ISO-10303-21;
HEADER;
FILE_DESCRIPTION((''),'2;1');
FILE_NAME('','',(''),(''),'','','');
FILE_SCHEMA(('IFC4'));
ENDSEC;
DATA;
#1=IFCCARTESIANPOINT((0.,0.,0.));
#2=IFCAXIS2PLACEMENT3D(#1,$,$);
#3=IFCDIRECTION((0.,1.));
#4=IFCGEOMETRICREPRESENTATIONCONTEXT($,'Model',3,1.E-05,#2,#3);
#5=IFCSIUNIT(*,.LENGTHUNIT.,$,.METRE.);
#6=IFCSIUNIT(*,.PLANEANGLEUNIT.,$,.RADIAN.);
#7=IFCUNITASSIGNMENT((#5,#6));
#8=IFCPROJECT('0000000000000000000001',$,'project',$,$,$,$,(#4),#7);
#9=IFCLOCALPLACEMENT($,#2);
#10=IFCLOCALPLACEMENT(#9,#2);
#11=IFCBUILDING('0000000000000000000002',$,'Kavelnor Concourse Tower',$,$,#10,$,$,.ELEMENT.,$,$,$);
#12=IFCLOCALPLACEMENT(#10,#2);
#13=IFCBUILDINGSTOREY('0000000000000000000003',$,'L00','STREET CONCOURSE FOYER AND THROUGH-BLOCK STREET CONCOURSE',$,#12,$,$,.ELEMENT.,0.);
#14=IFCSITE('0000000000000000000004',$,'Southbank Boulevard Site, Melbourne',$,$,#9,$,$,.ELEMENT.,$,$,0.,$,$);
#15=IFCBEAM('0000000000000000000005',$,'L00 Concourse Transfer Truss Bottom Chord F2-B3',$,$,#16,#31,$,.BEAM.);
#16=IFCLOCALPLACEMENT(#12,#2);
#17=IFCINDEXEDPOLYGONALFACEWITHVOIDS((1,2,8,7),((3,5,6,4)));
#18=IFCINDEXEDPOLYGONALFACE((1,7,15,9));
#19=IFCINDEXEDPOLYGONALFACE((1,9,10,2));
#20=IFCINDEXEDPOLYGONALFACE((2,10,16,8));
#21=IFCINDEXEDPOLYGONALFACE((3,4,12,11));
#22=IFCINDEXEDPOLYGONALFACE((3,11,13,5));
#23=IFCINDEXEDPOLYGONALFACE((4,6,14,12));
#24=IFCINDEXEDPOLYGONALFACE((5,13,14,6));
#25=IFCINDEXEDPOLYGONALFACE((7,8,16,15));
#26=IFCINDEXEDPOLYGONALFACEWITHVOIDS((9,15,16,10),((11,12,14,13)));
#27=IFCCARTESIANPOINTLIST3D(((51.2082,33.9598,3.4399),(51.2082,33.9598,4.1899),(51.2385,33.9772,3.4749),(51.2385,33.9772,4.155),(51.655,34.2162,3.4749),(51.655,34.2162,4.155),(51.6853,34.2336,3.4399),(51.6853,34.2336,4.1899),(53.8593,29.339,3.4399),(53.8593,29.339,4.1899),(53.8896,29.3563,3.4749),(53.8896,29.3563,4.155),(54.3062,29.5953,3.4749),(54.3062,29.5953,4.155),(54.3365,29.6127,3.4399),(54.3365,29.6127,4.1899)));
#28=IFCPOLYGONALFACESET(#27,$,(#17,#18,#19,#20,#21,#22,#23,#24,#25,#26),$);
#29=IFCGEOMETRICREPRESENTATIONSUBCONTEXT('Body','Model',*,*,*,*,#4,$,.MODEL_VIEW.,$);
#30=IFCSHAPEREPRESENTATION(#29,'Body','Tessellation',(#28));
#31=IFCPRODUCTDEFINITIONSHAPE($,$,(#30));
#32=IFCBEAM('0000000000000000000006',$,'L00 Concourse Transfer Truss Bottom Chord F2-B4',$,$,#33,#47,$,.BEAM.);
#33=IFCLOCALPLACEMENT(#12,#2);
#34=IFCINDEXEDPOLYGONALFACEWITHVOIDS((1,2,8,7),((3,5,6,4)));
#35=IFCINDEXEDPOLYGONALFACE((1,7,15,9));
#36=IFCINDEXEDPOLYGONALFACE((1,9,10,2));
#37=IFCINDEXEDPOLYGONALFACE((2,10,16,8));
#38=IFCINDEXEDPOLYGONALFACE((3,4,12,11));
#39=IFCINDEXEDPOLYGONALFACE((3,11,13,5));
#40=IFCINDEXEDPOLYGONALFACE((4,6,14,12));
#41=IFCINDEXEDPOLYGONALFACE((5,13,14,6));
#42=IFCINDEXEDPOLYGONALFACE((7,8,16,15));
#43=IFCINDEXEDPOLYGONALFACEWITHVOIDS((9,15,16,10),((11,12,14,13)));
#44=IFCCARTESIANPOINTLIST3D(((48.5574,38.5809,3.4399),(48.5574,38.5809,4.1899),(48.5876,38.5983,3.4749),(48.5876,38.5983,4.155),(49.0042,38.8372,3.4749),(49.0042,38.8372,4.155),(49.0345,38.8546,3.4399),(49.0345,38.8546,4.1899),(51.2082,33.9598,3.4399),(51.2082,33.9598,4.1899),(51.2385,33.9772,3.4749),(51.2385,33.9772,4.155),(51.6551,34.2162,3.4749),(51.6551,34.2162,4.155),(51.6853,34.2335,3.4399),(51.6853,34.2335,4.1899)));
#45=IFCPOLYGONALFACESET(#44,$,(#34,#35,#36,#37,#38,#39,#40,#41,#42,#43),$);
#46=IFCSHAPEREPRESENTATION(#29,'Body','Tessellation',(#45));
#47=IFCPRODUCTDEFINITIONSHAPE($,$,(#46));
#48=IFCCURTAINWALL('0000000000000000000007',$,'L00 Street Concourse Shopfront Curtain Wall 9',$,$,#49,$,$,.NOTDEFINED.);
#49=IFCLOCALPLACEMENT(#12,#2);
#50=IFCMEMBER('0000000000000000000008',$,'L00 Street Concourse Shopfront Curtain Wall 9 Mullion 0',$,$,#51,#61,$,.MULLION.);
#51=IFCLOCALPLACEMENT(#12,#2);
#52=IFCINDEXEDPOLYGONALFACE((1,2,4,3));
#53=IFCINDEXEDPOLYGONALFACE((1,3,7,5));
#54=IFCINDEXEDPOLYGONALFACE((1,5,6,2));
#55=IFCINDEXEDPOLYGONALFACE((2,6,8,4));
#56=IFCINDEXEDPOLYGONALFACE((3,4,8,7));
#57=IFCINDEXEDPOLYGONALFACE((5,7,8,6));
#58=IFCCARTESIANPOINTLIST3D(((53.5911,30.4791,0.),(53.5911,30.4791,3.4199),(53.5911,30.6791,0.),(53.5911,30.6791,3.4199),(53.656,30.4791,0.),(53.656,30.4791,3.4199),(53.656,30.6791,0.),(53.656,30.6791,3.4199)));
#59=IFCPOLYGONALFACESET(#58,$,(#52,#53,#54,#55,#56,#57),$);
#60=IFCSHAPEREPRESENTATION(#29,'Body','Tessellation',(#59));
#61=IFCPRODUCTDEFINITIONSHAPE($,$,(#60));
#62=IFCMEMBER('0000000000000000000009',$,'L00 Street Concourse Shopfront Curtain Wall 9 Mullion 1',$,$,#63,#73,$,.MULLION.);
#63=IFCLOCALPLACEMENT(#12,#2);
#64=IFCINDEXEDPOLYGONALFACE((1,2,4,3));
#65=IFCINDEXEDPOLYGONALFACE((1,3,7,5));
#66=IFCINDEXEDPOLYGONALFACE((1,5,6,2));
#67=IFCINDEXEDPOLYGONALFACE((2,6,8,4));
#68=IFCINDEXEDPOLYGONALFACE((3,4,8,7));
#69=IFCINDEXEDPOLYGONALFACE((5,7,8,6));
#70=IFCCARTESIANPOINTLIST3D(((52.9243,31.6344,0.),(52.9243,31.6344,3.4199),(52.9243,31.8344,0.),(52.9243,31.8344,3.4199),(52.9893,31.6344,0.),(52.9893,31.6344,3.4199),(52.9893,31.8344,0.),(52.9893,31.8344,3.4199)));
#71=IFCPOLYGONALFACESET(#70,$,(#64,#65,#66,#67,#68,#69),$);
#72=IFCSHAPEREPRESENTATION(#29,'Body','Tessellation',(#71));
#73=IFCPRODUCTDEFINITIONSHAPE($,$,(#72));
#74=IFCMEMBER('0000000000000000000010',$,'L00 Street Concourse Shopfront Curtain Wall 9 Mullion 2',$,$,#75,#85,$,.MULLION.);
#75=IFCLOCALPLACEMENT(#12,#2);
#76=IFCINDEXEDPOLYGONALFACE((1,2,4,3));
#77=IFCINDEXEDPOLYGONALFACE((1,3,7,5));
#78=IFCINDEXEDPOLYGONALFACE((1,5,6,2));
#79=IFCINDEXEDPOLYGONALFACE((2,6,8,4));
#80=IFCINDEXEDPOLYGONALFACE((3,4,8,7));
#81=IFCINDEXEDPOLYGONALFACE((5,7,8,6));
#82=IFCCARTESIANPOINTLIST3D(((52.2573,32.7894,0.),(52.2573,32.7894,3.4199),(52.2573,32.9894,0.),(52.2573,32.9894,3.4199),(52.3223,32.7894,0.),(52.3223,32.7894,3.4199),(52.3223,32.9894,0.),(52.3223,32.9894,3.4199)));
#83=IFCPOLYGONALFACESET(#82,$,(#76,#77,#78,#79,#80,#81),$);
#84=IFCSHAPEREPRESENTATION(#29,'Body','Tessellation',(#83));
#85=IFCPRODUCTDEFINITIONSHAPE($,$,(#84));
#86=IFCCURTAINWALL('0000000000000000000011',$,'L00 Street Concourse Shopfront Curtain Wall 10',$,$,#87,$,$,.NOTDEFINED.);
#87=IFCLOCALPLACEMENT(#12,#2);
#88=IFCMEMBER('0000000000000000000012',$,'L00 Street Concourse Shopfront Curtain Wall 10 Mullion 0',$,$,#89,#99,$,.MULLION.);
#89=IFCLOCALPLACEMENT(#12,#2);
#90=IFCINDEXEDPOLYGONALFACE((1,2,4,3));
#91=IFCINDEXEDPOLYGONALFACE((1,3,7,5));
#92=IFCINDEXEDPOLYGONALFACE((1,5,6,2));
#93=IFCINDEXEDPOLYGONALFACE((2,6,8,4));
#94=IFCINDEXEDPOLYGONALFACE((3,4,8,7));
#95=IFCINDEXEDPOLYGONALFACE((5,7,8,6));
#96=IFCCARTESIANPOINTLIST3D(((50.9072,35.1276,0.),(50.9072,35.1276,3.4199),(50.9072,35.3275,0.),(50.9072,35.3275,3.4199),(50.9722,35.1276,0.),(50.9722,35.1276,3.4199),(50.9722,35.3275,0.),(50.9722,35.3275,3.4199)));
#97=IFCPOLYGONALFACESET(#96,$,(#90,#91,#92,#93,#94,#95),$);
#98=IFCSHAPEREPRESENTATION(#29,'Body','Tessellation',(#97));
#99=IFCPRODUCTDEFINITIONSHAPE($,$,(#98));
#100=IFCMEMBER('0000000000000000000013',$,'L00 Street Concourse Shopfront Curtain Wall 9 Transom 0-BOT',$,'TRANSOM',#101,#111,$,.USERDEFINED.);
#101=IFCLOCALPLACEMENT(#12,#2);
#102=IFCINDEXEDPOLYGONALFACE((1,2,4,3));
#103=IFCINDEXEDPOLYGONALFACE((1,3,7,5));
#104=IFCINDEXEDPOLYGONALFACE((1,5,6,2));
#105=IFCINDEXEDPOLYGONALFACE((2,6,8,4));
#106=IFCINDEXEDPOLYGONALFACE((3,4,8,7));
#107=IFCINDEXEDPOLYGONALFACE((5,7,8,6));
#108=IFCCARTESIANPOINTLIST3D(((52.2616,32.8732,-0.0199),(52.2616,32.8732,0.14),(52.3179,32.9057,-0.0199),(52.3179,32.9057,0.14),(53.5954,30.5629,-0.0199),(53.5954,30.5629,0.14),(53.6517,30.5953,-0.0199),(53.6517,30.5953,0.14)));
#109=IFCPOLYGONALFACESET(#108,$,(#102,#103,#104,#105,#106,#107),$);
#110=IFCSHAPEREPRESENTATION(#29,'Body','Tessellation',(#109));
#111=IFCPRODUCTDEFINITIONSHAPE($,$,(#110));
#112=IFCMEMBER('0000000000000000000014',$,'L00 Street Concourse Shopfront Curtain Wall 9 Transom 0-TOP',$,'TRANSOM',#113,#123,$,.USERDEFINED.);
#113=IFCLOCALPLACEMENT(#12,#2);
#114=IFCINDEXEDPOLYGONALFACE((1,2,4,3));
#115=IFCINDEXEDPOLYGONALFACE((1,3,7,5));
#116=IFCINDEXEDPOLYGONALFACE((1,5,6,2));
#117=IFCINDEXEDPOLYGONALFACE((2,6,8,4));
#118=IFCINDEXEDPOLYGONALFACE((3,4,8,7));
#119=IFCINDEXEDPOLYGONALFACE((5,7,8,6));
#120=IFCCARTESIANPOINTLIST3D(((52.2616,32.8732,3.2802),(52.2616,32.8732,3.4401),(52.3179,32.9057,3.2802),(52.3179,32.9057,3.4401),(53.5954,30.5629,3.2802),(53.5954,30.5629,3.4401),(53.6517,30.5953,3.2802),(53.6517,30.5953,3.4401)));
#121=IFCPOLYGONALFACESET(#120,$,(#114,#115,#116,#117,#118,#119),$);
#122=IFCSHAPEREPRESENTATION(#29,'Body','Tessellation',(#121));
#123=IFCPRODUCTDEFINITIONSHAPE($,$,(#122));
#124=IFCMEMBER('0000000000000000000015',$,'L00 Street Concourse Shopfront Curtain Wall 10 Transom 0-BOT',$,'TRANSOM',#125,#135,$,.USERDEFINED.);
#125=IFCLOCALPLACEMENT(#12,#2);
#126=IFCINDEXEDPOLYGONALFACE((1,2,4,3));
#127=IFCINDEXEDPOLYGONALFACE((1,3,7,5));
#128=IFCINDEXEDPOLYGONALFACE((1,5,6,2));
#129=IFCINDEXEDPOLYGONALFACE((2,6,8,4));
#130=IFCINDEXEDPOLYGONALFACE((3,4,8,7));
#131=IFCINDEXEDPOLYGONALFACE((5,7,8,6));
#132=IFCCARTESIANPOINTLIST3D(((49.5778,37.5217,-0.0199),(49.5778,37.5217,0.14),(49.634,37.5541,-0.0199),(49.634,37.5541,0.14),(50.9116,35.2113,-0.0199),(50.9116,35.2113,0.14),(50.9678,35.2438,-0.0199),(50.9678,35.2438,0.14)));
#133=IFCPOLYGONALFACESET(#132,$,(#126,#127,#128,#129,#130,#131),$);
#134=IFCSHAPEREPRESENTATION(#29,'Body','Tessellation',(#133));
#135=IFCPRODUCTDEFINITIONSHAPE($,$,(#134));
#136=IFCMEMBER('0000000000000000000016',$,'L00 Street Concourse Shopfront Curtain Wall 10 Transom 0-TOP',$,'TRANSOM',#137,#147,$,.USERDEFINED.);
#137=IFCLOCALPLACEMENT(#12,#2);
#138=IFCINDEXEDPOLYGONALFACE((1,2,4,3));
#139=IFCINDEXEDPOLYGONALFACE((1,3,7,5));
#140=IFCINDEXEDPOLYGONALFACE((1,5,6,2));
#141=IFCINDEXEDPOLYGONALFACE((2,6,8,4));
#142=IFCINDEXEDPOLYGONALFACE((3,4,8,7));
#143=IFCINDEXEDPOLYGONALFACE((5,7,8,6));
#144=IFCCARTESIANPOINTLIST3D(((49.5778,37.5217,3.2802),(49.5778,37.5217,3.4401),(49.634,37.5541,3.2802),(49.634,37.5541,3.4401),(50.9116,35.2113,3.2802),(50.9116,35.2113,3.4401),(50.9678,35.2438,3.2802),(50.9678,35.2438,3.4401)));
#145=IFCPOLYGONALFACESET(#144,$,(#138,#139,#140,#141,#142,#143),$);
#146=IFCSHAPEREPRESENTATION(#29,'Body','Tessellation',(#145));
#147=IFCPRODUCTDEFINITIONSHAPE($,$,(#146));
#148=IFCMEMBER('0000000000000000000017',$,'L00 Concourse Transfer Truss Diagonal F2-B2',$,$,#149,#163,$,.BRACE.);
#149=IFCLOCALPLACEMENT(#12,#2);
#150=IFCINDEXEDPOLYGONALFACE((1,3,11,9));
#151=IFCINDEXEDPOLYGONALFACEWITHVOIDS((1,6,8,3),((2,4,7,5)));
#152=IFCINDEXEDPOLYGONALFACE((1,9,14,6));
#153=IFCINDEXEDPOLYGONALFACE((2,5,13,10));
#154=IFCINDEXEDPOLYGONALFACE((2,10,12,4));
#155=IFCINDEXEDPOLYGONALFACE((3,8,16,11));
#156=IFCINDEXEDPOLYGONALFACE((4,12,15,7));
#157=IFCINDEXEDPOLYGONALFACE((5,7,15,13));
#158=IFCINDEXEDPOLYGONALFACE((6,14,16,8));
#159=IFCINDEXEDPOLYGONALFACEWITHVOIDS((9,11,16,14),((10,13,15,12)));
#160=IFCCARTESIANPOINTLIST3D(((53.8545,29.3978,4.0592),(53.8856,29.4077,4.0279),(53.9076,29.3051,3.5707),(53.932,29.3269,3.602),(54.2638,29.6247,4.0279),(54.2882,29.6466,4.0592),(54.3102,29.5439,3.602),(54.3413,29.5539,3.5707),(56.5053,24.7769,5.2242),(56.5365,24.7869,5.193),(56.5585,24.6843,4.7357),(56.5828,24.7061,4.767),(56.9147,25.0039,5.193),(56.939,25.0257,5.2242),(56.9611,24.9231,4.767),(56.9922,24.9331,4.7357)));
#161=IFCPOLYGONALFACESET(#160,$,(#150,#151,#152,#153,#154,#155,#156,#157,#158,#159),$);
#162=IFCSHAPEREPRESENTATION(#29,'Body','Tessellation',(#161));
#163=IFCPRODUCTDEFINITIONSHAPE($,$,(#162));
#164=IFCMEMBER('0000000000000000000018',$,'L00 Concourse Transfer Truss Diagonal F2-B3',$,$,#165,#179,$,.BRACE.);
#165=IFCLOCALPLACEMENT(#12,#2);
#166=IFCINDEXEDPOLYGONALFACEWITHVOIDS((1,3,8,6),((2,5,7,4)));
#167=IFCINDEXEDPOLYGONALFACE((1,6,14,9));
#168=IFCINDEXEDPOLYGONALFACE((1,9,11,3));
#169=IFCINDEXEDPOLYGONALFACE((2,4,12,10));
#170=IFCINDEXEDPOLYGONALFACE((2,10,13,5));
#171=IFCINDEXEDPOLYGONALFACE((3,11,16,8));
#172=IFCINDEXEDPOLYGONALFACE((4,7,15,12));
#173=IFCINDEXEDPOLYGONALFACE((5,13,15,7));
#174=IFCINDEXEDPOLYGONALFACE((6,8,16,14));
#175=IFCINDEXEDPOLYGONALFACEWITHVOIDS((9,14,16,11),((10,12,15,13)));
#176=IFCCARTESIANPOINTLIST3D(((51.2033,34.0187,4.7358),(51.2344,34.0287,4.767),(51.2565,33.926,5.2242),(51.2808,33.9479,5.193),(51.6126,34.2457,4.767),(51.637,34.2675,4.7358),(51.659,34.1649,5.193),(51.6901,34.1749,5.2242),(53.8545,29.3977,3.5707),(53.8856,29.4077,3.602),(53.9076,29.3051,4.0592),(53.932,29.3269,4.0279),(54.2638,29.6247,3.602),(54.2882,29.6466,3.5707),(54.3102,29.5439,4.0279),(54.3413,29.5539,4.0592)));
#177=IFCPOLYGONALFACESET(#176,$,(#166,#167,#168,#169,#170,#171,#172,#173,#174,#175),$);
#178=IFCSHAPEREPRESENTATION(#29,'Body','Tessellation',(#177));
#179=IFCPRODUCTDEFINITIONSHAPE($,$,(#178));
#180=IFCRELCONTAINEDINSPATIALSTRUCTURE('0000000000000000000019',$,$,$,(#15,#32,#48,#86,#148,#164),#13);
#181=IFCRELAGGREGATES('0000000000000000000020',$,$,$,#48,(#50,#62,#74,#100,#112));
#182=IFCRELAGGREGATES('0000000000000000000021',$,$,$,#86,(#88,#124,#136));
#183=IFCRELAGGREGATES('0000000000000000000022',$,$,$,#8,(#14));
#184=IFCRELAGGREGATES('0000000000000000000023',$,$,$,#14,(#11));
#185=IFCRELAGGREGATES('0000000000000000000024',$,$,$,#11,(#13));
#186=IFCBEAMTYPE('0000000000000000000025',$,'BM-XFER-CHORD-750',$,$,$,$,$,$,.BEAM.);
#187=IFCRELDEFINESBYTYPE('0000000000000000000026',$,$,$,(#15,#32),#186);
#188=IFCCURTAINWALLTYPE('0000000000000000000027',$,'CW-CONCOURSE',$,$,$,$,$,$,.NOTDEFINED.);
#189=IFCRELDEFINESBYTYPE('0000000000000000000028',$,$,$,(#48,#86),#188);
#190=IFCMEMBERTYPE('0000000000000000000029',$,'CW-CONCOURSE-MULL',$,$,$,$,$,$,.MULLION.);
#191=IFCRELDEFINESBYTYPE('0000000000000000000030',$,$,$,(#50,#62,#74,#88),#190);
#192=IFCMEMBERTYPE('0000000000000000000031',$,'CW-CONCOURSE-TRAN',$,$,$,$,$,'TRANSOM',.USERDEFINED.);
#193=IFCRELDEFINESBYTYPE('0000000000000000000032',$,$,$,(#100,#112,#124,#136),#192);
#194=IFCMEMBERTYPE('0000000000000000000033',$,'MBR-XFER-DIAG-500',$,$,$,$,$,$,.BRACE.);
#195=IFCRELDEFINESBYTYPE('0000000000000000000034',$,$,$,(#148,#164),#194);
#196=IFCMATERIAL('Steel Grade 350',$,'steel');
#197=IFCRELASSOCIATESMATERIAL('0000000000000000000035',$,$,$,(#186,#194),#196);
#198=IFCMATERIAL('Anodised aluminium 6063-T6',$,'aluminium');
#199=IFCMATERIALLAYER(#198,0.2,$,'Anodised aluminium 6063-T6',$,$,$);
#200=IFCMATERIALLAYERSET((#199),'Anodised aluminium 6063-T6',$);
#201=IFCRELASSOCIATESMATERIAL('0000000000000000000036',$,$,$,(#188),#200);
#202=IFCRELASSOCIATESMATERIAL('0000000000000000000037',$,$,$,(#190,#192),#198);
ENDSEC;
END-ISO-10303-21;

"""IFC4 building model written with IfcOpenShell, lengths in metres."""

from ifc_helpers import new_model, si_unit, direction, frame, origin, origin_2d, place, context, subcontext, project, spatial, rectangle, hollow_rectangle, extrude, material, layer, layer_set, material_profile, profile_set, type_object, element, aggregate, save


model = new_model("IFC4")

# Units and contexts
model_context = context("Model", 3, precision=1e-05, world=origin(), true_north=direction((0.0, 1.0)))
body_context = subcontext(model_context, "Body", "Model", "MODEL_VIEW")
ifc_project = project(units=[si_unit("LENGTHUNIT", "METRE"), si_unit("PLANEANGLEUNIT", "RADIAN")], contexts=[model_context])

# Site, building, storey
site_placement = place(None, origin())
site = spatial("IfcSite", under=ifc_project, at=site_placement, Name="Southbank Boulevard Site, Melbourne", CompositionType="ELEMENT", RefElevation=0.0)
building_placement = place(site_placement, origin())
building = spatial("IfcBuilding", under=site, at=building_placement, Name="Kavelnor Concourse Tower", CompositionType="ELEMENT")
storey_placement = place(building_placement, origin())
storey = spatial("IfcBuildingStorey", under=building, at=storey_placement, Name="L00", Description="STREET CONCOURSE FOYER AND THROUGH-BLOCK STREET CONCOURSE", CompositionType="ELEMENT", Elevation=0.0)

# Beams
ifc_material_1 = material(Name="Steel Grade 350", Category="steel")
ifc_material_profile_1 = material_profile(ifc_material_1, hollow_rectangle(XDim=0.55, YDim=0.75, WallThickness=0.0349, at=origin_2d()), Name="RHS 750x550x35")
ifc_profile_set_1 = profile_set([ifc_material_profile_1], Name="Steel Grade 350")
beam_type = type_object("IfcBeamType", Name="BM-XFER-CHORD-750", PredefinedType="BEAM", material=ifc_profile_set_1)
for number, where, z_axis, x_axis, name in (
    (1, (54.0979, 29.4758, 3.8149), (-0.497643, 0.867382, 0.0), (-0.867382, -0.497643, 0.0), "L00 Concourse Transfer Truss Bottom Chord F2-B3"),
    (2, (51.4468, 34.0967, 3.8149), (-0.497589, 0.867413, 0.0), (-0.867413, -0.497589, 0.0), "L00 Concourse Transfer Truss Bottom Chord F2-B4"),
):
    element("IfcBeam", number, at=place(storey_placement, frame(where, z_axis=z_axis, x_axis=x_axis)), inside=storey, type_object=beam_type, Name=name, PredefinedType="BEAM", context=body_context, shape_type="SweptSolid", body=[
        extrude(hollow_rectangle(XDim=0.55, YDim=0.75, WallThickness=0.0349, at=origin_2d()), origin(), (0.0, 0.0, 1.0), 5.3274),
    ])

# Curtain wall, members
ifc_material_2 = material(Name="Anodised aluminium 6063-T6", Category="aluminium")
ifc_layer_1 = layer(ifc_material_2, 0.2, Name="Anodised aluminium 6063-T6")
ifc_layer_set_1 = layer_set([ifc_layer_1], Name="Anodised aluminium 6063-T6")
curtain_wall_type = type_object("IfcCurtainWallType", Name="CW-CONCOURSE", PredefinedType="NOTDEFINED", material=ifc_layer_set_1)
curtain_wall_1_placement = place(storey_placement, origin())
curtain_wall_1 = element("IfcCurtainWall", 3, at=curtain_wall_1_placement, inside=storey, type_object=curtain_wall_type, Name="L00 Street Concourse Shopfront Curtain Wall 9", PredefinedType="NOTDEFINED")
ifc_material_profile_2 = material_profile(ifc_material_2, rectangle(XDim=0.0649, YDim=0.2, at=origin_2d()), Name="AL-MULL 65x200")
ifc_profile_set_2 = profile_set([ifc_material_profile_2], Name="Anodised aluminium 6063-T6")
member_type_1 = type_object("IfcMemberType", Name="CW-CONCOURSE-MULL", PredefinedType="MULLION", material=ifc_profile_set_2)
member_1_placement = place(storey_placement, frame((53.6235, 30.5791, 0.0), z_axis=(0.0, 0.0, 1.0), x_axis=(1.0, 0.0, 0.0)))
member_1 = element("IfcMember", 4, at=member_1_placement, type_object=member_type_1, Name="L00 Street Concourse Shopfront Curtain Wall 9 Mullion 0", PredefinedType="MULLION", context=body_context, shape_type="SweptSolid", body=[
    extrude(rectangle(XDim=0.0649, YDim=0.2, at=origin_2d()), origin(), (0.0, 0.0, 1.0), 3.4199),
])
member_2_placement = place(storey_placement, frame((52.9568, 31.7344, 0.0), z_axis=(0.0, 0.0, 1.0), x_axis=(1.0, 0.0, 0.0)))
member_2 = element("IfcMember", 5, at=member_2_placement, type_object=member_type_1, Name="L00 Street Concourse Shopfront Curtain Wall 9 Mullion 1", PredefinedType="MULLION", context=body_context, shape_type="SweptSolid", body=[
    extrude(rectangle(XDim=0.0649, YDim=0.2, at=origin_2d()), origin(), (0.0, 0.0, 1.0), 3.4199),
])
member_3_placement = place(storey_placement, frame((52.2898, 32.8894, 0.0), z_axis=(0.0, 0.0, 1.0), x_axis=(1.0, 0.0, 0.0)))
member_3 = element("IfcMember", 6, at=member_3_placement, type_object=member_type_1, Name="L00 Street Concourse Shopfront Curtain Wall 9 Mullion 2", PredefinedType="MULLION", context=body_context, shape_type="SweptSolid", body=[
    extrude(rectangle(XDim=0.0649, YDim=0.2, at=origin_2d()), origin(), (0.0, 0.0, 1.0), 3.4199),
])

# Curtain wall, member
curtain_wall_2_placement = place(storey_placement, origin())
curtain_wall_2 = element("IfcCurtainWall", 7, at=curtain_wall_2_placement, inside=storey, type_object=curtain_wall_type, Name="L00 Street Concourse Shopfront Curtain Wall 10", PredefinedType="NOTDEFINED")
member_4_placement = place(storey_placement, frame((50.9397, 35.2275, 0.0), z_axis=(0.0, 0.0, 1.0), x_axis=(1.0, 0.0, 0.0)))
member_4 = element("IfcMember", 8, at=member_4_placement, type_object=member_type_1, Name="L00 Street Concourse Shopfront Curtain Wall 10 Mullion 0", PredefinedType="MULLION", context=body_context, shape_type="SweptSolid", body=[
    extrude(rectangle(XDim=0.0649, YDim=0.2, at=origin_2d()), origin(), (0.0, 0.0, 1.0), 3.4199),
])

# Members
ifc_material_profile_3 = material_profile(ifc_material_2, rectangle(XDim=0.0649, YDim=0.1599, at=origin_2d()), Name="AL-TRAN 65x160")
ifc_profile_set_3 = profile_set([ifc_material_profile_3], Name="Anodised aluminium 6063-T6")
member_type_2 = type_object("IfcMemberType", Name="CW-CONCOURSE-TRAN", ElementType="TRANSOM", PredefinedType="USERDEFINED", material=ifc_profile_set_3)
member_5_placement = place(storey_placement, frame((53.6235, 30.5791, 0.0601), z_axis=(-0.499968, 0.866044, 0.0), x_axis=(-0.866044, -0.499968, 0.0)))
member_5 = element("IfcMember", 9, at=member_5_placement, type_object=member_type_2, Name="L00 Street Concourse Shopfront Curtain Wall 9 Transom 0-BOT", ObjectType="TRANSOM", PredefinedType="USERDEFINED", context=body_context, shape_type="SweptSolid", body=[
    extrude(rectangle(XDim=0.0649, YDim=0.1599, at=origin_2d()), origin(), (0.0, 0.0, 1.0), 2.6677),
])
member_6_placement = place(storey_placement, frame((53.6235, 30.5791, 3.3601), z_axis=(-0.499968, 0.866044, 0.0), x_axis=(-0.866044, -0.499968, 0.0)))
member_6 = element("IfcMember", 10, at=member_6_placement, type_object=member_type_2, Name="L00 Street Concourse Shopfront Curtain Wall 9 Transom 0-TOP", ObjectType="TRANSOM", PredefinedType="USERDEFINED", context=body_context, shape_type="SweptSolid", body=[
    extrude(rectangle(XDim=0.0649, YDim=0.1599, at=origin_2d()), origin(), (0.0, 0.0, 1.0), 2.6677),
])
member_7_placement = place(storey_placement, frame((50.9397, 35.2275, 0.0601), z_axis=(-0.499968, 0.866044, 0.0), x_axis=(-0.866044, -0.499968, 0.0)))
member_7 = element("IfcMember", 11, at=member_7_placement, type_object=member_type_2, Name="L00 Street Concourse Shopfront Curtain Wall 10 Transom 0-BOT", ObjectType="TRANSOM", PredefinedType="USERDEFINED", context=body_context, shape_type="SweptSolid", body=[
    extrude(rectangle(XDim=0.0649, YDim=0.1599, at=origin_2d()), origin(), (0.0, 0.0, 1.0), 2.6677),
])
member_8_placement = place(storey_placement, frame((50.9397, 35.2275, 3.3601), z_axis=(-0.499968, 0.866044, 0.0), x_axis=(-0.866044, -0.499968, 0.0)))
member_8 = element("IfcMember", 12, at=member_8_placement, type_object=member_type_2, Name="L00 Street Concourse Shopfront Curtain Wall 10 Transom 0-TOP", ObjectType="TRANSOM", PredefinedType="USERDEFINED", context=body_context, shape_type="SweptSolid", body=[
    extrude(rectangle(XDim=0.0649, YDim=0.1599, at=origin_2d()), origin(), (0.0, 0.0, 1.0), 2.6677),
])

# Members
ifc_material_profile_4 = material_profile(ifc_material_1, hollow_rectangle(XDim=0.5, YDim=0.5, WallThickness=0.032, at=origin_2d()), Name="SHS 500x500x32")
ifc_profile_set_4 = profile_set([ifc_material_profile_4], Name="Steel Grade 350")
member_type_3 = type_object("IfcMemberType", Name="MBR-XFER-DIAG-500", PredefinedType="BRACE", material=ifc_profile_set_4)
member_9_placement = place(storey_placement, frame((54.0979, 29.4758, 3.8149), z_axis=(0.48612, -0.847374, 0.213646), x_axis=(0.867401, 0.497609, 0.0)))
element("IfcMember", 13, at=member_9_placement, inside=storey, type_object=member_type_3, Name="L00 Concourse Transfer Truss Diagonal F2-B2", PredefinedType="BRACE", context=body_context, shape_type="SweptSolid", body=[
    extrude(hollow_rectangle(XDim=0.5, YDim=0.5, WallThickness=0.032, at=origin_2d()), origin(), (0.0, 0.0, 1.0), 5.4531),
])
member_10_placement = place(storey_placement, frame((54.0979, 29.4758, 3.8149), z_axis=(-0.486154, 0.847356, 0.213641), x_axis=(-0.867382, -0.497643, 0.0)))
element("IfcMember", 14, at=member_10_placement, inside=storey, type_object=member_type_3, Name="L00 Concourse Transfer Truss Diagonal F2-B3", PredefinedType="BRACE", context=body_context, shape_type="SweptSolid", body=[
    extrude(hollow_rectangle(XDim=0.5, YDim=0.5, WallThickness=0.032, at=origin_2d()), origin(), (0.0, 0.0, 1.0), 5.4534),
])

aggregate(curtain_wall_1, [member_1, member_2, member_3, member_5, member_6])
aggregate(curtain_wall_2, [member_4, member_7, member_8])

save(model, "model.ifc")
